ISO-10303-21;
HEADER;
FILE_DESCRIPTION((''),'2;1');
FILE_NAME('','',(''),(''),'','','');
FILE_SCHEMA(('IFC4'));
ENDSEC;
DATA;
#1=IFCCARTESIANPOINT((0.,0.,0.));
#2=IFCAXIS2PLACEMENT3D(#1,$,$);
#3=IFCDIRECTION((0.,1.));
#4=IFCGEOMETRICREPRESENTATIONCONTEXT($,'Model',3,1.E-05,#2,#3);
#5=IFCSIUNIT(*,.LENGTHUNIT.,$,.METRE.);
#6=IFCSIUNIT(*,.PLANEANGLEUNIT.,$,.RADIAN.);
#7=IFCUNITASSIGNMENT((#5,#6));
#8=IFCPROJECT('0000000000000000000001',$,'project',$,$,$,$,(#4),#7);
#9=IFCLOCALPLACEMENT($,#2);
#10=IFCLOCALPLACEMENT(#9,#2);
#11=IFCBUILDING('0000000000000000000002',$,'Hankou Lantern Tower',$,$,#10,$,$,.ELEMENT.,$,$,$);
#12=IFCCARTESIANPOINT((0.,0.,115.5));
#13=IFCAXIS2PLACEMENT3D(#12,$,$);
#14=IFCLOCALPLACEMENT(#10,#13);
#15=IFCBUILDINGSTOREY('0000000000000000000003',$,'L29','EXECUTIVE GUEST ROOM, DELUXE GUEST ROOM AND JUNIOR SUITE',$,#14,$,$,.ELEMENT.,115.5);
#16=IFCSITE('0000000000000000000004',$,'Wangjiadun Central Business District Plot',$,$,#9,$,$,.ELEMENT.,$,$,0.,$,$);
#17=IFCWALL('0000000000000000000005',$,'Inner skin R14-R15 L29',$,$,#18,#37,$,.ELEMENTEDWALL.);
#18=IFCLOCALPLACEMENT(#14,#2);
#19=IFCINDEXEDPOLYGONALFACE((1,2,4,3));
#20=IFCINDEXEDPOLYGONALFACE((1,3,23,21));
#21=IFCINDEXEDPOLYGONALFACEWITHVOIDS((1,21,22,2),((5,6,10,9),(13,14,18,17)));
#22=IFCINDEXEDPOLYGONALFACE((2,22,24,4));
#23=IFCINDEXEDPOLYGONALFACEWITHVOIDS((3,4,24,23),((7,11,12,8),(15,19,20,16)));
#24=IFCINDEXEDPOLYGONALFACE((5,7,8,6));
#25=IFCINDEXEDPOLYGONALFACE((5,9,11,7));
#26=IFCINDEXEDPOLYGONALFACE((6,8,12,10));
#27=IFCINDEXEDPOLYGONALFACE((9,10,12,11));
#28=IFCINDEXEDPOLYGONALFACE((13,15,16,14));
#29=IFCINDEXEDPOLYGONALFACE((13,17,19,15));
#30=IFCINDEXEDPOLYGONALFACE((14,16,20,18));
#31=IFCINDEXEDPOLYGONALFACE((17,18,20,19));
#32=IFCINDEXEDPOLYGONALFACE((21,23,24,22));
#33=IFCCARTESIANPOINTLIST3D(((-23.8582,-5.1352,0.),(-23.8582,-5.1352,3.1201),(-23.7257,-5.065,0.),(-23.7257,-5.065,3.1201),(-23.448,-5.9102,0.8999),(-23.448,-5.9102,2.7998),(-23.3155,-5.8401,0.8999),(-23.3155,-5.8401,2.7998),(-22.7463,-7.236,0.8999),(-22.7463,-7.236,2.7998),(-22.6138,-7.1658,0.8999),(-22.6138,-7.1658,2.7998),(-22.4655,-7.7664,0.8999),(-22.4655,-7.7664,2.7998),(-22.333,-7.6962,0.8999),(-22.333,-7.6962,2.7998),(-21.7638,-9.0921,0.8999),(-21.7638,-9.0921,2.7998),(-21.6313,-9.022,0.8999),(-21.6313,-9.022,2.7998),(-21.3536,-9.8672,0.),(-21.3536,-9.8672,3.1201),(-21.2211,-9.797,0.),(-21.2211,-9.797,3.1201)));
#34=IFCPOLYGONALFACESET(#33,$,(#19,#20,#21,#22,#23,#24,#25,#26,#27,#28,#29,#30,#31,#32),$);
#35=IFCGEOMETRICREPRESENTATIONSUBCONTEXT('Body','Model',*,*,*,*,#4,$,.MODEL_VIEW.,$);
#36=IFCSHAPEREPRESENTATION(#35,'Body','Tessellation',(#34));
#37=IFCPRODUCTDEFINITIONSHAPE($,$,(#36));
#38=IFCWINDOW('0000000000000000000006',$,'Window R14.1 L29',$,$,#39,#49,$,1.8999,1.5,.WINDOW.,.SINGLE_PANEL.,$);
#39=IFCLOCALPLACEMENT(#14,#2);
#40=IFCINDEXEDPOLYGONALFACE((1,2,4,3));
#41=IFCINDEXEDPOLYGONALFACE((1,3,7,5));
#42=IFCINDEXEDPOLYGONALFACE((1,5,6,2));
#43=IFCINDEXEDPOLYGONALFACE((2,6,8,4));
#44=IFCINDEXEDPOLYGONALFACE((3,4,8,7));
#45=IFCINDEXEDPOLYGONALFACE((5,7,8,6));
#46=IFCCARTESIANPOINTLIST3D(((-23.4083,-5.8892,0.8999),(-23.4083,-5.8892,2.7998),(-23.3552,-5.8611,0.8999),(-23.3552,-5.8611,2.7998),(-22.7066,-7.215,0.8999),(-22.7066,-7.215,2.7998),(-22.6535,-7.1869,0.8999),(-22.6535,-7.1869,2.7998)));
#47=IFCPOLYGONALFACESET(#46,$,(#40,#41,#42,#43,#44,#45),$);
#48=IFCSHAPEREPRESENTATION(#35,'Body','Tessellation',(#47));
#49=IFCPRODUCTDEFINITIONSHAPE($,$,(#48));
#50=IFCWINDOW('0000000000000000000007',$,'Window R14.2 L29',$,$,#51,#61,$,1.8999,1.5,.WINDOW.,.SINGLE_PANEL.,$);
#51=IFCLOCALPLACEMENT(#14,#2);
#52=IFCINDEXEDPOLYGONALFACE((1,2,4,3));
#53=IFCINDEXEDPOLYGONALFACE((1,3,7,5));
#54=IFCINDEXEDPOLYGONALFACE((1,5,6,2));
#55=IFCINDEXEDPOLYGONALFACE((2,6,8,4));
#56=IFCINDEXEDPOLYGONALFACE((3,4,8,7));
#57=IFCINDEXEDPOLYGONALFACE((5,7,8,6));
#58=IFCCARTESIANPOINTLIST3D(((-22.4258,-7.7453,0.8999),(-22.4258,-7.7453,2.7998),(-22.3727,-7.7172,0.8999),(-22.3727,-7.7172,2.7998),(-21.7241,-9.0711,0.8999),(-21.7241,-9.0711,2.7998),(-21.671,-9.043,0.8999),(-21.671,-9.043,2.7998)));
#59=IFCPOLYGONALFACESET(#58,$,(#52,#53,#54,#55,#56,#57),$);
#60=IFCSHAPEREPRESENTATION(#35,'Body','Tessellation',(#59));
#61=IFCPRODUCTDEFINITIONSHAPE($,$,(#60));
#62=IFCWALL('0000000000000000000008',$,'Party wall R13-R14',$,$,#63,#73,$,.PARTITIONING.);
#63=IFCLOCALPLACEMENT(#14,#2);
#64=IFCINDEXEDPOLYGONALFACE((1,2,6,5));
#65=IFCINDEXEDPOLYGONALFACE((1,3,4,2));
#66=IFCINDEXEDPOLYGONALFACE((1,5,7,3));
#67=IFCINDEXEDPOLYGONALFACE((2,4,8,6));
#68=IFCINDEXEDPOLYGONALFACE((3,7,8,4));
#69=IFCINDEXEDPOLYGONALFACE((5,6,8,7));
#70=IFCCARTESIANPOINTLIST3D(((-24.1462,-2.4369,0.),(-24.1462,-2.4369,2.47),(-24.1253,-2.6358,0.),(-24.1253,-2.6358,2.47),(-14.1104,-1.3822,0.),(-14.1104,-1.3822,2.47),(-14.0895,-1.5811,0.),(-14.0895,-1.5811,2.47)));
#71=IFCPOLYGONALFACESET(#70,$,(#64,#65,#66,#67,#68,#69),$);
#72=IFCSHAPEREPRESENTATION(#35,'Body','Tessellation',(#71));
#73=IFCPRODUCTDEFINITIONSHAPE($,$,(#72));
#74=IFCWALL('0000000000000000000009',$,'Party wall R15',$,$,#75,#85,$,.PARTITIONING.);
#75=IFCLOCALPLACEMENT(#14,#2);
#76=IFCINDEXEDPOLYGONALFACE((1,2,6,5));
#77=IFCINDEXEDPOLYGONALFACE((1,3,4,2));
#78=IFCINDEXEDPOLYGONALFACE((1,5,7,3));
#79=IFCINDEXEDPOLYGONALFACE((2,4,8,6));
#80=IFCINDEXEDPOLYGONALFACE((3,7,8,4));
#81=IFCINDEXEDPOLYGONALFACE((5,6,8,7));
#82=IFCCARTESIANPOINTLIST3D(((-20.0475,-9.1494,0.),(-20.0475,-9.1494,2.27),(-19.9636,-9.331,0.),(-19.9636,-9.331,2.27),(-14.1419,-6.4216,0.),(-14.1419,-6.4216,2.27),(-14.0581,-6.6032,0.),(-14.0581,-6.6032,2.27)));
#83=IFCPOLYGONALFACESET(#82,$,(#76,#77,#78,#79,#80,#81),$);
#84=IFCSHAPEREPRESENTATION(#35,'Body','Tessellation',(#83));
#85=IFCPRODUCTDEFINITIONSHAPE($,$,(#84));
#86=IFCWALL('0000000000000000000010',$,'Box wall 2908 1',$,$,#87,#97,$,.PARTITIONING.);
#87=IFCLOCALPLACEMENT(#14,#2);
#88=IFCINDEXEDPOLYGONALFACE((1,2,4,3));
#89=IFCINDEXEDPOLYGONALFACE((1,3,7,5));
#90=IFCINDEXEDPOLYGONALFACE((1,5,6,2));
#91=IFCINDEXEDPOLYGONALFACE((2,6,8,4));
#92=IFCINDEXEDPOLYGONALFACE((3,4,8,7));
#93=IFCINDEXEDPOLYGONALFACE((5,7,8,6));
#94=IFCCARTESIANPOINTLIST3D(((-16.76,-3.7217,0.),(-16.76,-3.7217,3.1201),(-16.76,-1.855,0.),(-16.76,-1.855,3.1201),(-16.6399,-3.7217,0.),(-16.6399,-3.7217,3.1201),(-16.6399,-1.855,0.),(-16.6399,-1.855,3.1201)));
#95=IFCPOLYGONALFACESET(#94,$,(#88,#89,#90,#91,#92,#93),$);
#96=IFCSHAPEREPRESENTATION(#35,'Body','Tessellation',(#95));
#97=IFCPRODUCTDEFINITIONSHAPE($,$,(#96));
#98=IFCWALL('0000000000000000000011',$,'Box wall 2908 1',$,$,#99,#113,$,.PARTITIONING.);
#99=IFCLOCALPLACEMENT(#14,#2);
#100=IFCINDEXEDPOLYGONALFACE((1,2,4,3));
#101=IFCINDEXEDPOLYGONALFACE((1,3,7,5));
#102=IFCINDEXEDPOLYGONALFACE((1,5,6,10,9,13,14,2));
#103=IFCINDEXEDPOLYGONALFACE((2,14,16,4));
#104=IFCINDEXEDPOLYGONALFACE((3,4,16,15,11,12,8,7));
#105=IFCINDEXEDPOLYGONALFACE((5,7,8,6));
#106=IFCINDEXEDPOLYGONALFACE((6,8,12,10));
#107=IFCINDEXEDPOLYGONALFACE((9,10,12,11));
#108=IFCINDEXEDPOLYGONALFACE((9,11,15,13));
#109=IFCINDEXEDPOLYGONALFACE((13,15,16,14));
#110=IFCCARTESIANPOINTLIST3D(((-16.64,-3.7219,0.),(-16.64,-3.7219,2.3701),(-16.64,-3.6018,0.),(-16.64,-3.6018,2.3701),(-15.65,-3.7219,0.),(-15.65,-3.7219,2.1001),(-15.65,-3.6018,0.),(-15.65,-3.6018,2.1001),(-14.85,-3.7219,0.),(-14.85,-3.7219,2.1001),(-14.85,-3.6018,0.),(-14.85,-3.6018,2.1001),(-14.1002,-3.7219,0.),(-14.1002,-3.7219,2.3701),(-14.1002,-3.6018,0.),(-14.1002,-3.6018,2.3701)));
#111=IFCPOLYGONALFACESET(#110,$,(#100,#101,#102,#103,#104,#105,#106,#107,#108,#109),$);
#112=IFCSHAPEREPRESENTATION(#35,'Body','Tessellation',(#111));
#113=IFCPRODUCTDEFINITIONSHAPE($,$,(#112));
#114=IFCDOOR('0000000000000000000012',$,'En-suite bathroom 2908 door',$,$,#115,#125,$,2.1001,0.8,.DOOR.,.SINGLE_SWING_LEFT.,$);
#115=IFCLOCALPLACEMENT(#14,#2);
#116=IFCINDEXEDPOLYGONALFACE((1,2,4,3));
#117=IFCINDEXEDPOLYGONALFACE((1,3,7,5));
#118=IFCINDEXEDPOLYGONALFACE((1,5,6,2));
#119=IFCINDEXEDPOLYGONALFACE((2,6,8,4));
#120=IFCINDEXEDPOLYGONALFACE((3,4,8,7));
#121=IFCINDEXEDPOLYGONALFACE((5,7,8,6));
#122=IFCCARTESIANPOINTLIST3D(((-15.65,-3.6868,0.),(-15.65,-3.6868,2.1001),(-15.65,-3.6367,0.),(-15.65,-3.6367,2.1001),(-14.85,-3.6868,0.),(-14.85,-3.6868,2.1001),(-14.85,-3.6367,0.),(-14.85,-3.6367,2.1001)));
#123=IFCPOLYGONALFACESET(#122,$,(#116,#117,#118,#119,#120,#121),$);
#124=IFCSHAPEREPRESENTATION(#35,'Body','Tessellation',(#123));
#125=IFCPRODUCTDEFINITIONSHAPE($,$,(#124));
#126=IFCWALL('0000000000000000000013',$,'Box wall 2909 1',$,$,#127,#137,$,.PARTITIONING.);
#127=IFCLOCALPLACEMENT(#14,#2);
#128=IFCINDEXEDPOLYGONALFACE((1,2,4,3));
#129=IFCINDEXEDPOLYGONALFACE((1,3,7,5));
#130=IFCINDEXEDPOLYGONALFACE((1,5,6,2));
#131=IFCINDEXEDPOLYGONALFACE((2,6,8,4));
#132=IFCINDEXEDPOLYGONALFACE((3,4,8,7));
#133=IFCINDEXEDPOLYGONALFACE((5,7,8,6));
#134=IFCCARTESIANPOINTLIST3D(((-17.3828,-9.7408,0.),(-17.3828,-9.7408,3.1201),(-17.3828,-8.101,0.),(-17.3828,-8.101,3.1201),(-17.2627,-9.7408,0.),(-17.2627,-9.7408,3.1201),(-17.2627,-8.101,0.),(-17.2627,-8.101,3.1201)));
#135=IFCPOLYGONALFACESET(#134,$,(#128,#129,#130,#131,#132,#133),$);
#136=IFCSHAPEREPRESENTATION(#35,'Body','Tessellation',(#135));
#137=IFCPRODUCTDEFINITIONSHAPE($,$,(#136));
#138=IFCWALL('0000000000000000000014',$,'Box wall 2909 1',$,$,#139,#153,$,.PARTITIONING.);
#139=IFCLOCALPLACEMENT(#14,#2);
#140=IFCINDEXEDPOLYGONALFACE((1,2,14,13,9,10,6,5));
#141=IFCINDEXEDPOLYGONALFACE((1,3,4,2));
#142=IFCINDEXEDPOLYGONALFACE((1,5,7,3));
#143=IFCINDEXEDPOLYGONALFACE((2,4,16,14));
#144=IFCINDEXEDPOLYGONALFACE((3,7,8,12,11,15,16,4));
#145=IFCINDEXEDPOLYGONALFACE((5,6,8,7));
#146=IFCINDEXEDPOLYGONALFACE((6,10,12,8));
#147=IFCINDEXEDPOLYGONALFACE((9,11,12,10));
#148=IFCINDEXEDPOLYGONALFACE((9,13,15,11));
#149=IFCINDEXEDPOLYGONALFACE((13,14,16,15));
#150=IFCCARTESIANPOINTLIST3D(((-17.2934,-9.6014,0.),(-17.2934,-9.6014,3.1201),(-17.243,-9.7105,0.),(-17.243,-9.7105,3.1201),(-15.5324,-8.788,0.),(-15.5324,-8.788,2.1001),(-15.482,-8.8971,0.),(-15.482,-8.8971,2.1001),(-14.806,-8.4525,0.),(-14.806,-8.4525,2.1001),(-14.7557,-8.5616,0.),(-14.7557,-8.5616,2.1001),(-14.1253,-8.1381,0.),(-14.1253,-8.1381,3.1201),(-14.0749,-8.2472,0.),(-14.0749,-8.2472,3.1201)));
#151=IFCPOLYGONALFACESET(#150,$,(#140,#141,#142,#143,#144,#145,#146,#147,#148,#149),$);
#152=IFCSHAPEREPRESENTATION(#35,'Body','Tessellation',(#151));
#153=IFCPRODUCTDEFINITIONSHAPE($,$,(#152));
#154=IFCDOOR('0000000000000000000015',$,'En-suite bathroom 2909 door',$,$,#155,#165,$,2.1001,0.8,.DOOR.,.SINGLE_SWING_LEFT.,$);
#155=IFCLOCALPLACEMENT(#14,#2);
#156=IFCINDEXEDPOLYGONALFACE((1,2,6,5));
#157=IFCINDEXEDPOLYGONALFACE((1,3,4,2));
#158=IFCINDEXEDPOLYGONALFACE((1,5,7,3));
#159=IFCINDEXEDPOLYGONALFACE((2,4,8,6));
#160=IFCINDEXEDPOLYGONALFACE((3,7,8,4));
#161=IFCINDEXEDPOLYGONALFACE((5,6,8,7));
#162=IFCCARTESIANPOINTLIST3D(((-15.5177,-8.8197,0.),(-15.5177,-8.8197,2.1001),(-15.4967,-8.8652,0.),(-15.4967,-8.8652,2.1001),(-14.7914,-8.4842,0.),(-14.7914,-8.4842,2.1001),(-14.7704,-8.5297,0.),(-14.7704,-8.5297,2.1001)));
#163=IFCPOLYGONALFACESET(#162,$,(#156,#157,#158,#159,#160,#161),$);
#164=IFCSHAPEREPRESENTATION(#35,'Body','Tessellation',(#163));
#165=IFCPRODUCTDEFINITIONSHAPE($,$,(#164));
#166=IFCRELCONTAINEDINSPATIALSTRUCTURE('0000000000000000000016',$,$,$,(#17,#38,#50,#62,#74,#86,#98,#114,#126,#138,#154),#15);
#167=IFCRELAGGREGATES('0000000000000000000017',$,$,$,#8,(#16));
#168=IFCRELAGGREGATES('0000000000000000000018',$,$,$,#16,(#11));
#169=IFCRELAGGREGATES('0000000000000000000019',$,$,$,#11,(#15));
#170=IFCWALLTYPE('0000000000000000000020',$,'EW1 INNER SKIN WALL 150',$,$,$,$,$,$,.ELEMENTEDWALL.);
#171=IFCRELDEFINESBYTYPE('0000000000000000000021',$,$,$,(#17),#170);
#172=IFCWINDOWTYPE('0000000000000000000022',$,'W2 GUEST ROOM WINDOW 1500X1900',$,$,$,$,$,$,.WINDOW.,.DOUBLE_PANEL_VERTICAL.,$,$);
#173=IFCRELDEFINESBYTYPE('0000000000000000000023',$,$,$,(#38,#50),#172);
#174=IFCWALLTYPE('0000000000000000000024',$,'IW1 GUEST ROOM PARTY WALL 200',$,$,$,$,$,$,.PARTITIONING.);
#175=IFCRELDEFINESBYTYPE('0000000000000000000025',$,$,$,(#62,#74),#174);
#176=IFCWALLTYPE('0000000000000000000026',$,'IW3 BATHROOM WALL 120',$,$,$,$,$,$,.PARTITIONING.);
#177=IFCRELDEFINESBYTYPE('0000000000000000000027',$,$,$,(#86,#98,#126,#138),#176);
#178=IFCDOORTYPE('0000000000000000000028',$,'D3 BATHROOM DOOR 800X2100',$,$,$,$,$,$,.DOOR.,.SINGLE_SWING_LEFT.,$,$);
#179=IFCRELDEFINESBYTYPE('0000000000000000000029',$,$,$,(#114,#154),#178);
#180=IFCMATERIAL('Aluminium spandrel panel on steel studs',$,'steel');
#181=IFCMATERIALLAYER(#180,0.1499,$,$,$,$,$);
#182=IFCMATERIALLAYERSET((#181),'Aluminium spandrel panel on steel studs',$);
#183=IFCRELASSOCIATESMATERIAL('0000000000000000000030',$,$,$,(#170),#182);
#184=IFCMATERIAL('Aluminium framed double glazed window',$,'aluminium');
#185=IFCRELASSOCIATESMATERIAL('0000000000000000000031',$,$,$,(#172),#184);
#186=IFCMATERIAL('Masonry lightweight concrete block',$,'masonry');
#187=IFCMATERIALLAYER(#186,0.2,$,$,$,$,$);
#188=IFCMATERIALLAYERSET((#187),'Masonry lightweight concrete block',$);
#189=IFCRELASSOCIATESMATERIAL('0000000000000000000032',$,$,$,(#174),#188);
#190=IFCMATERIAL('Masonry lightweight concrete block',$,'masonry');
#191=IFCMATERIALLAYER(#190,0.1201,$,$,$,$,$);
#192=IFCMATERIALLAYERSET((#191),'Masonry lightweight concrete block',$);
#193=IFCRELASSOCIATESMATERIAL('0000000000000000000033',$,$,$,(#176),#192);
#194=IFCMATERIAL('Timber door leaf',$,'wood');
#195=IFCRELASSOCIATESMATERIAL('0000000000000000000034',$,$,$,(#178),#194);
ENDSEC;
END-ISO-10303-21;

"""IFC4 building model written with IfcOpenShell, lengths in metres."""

from ifc_helpers import new_model, si_unit, direction, frame, frame_2d, origin, place, context, subcontext, project, spatial, rectangle, extrude, material, layer, layer_set, type_object, element, fill, save


model = new_model("IFC4")

# Units and contexts
model_context = context("Model", 3, precision=1e-05, world=origin(), true_north=direction((0.0, 1.0)))
body_context = subcontext(model_context, "Body", "Model", "MODEL_VIEW")
ifc_project = project(units=[si_unit("LENGTHUNIT", "METRE"), si_unit("PLANEANGLEUNIT", "RADIAN")], contexts=[model_context])

# Site, building, storey
site_placement = place(None, origin())
site = spatial("IfcSite", under=ifc_project, at=site_placement, Name="Wangjiadun Central Business District Plot", CompositionType="ELEMENT", RefElevation=0.0)
building_placement = place(site_placement, origin())
building = spatial("IfcBuilding", under=site, at=building_placement, Name="Hankou Lantern Tower", CompositionType="ELEMENT")
storey_placement = place(building_placement, frame((0.0, 0.0, 115.5)))
storey = spatial("IfcBuildingStorey", under=building, at=storey_placement, Name="L29", Description="EXECUTIVE GUEST ROOM, DELUXE GUEST ROOM AND JUNIOR SUITE", CompositionType="ELEMENT", Elevation=115.5)

# Wall, openings, windows
ifc_material_1 = material(Name="Aluminium spandrel panel on steel studs", Category="steel")
ifc_layer_1 = layer(ifc_material_1, 0.1499)
ifc_layer_set_1 = layer_set([ifc_layer_1], Name="Aluminium spandrel panel on steel studs")
wall_type_1 = type_object("IfcWallType", Name="EW1 INNER SKIN WALL 150", PredefinedType="ELEMENTEDWALL", material=ifc_layer_set_1)
ifc_material_2 = material(Name="Aluminium framed double glazed window", Category="aluminium")
window_type = type_object("IfcWindowType", Name="W2 GUEST ROOM WINDOW 1500X1900", PartitioningType="DOUBLE_PANEL_VERTICAL", PredefinedType="WINDOW", material=ifc_material_2)
wall_1_placement = place(storey_placement, frame((-23.792, -5.1001, 0.0), z_axis=(0.0, 0.0, 1.0), x_axis=(0.467814, -0.883827, 0.0)))
wall_1 = element("IfcWall", 1, at=wall_1_placement, inside=storey, type_object=wall_type_1, Name="Inner skin R14-R15 L29", PredefinedType="ELEMENTEDWALL", context=body_context, shape_type="SweptSolid", body=[
    extrude(rectangle(XDim=5.354, YDim=0.1499, at=frame_2d((2.677, 0.0))), origin(), (0.0, 0.0, 1.0), 3.1201),
])
opening_1_placement = place(wall_1_placement, frame((0.877, 0.0, 0.8999)))
opening_1 = element("IfcOpeningElement", 2, at=opening_1_placement, cuts=wall_1, PredefinedType="OPENING", context=body_context, shape_type="SweptSolid", body=[
    extrude(rectangle(XDim=1.5, YDim=1.8999, at=frame_2d((0.75, 0.95))), frame((0.0, 0.085, 0.0), z_axis=(0.0, -1.0, 0.0), x_axis=(1.0, 0.0, 0.0)), (0.0, 0.0, 1.0), 0.1699),
])
opening_2_placement = place(wall_1_placement, frame((2.9771, 0.0, 0.8999)))
opening_2 = element("IfcOpeningElement", 3, at=opening_2_placement, cuts=wall_1, PredefinedType="OPENING", context=body_context, shape_type="SweptSolid", body=[
    extrude(rectangle(XDim=1.5, YDim=1.8999, at=frame_2d((0.75, 0.95))), frame((0.0, 0.085, 0.0), z_axis=(0.0, -1.0, 0.0), x_axis=(1.0, 0.0, 0.0)), (0.0, 0.0, 1.0), 0.1699),
])
window_1_placement = place(opening_1_placement, origin())
window_1 = element("IfcWindow", 4, at=window_1_placement, inside=storey, type_object=window_type, Name="Window R14.1 L29", OverallHeight=1.8999, OverallWidth=1.5, PartitioningType="SINGLE_PANEL", PredefinedType="WINDOW", context=body_context, shape_type="SweptSolid", body=[
    extrude(rectangle(XDim=1.5, YDim=1.8999, at=frame_2d((0.75, 0.95))), frame((0.0, 0.03, 0.0), z_axis=(0.0, -1.0, 0.0), x_axis=(1.0, 0.0, 0.0)), (0.0, 0.0, 1.0), 0.0601),
])
fill(opening_1, window_1)
window_2_placement = place(opening_2_placement, origin())
window_2 = element("IfcWindow", 5, at=window_2_placement, inside=storey, type_object=window_type, Name="Window R14.2 L29", OverallHeight=1.8999, OverallWidth=1.5, PartitioningType="SINGLE_PANEL", PredefinedType="WINDOW", context=body_context, shape_type="SweptSolid", body=[
    extrude(rectangle(XDim=1.5, YDim=1.8999, at=frame_2d((0.75, 0.95))), frame((0.0, 0.03, 0.0), z_axis=(0.0, -1.0, 0.0), x_axis=(1.0, 0.0, 0.0)), (0.0, 0.0, 1.0), 0.0601),
])
fill(opening_2, window_2)

# Walls
ifc_material_3 = material(Name="Masonry lightweight concrete block", Category="masonry")
ifc_layer_2 = layer(ifc_material_3, 0.2)
ifc_layer_set_2 = layer_set([ifc_layer_2], Name="Masonry lightweight concrete block")
wall_type_2 = type_object("IfcWallType", Name="IW1 GUEST ROOM PARTY WALL 200", PredefinedType="PARTITIONING", material=ifc_layer_set_2)
wall_2_placement = place(storey_placement, frame((-14.1001, -1.4817, 0.0), z_axis=(0.0, 0.0, 1.0), x_axis=(-0.994523, -0.104516, 0.0)))
element("IfcWall", 6, at=wall_2_placement, inside=storey, type_object=wall_type_2, Name="Party wall R13-R14", PredefinedType="PARTITIONING", context=body_context, shape_type="SweptSolid", body=[
    extrude(rectangle(XDim=10.0911, YDim=0.2, at=frame_2d((5.0454, 0.0))), origin(), (0.0, 0.0, 1.0), 2.47),
])
wall_3_placement = place(storey_placement, frame((-14.1001, -6.5125, 0.0), z_axis=(0.0, 0.0, 1.0), x_axis=(-0.907833, -0.419332, 0.0)))
element("IfcWall", 7, at=wall_3_placement, inside=storey, type_object=wall_type_2, Name="Party wall R15", PredefinedType="PARTITIONING", context=body_context, shape_type="SweptSolid", body=[
    extrude(rectangle(XDim=6.5051, YDim=0.2, at=frame_2d((3.2524, 0.0))), origin(), (0.0, 0.0, 1.0), 2.27),
])
ifc_material_4 = material(Name="Masonry lightweight concrete block", Category="masonry")
ifc_layer_3 = layer(ifc_material_4, 0.1201)
ifc_layer_set_3 = layer_set([ifc_layer_3], Name="Masonry lightweight concrete block")
wall_type_3 = type_object("IfcWallType", Name="IW3 BATHROOM WALL 120", PredefinedType="PARTITIONING", material=ifc_layer_set_3)
wall_4_placement = place(storey_placement, frame((-16.7, -1.855, 0.0), z_axis=(0.0, 0.0, 1.0), x_axis=(0.0, -1.0, 0.0)))
element("IfcWall", 8, at=wall_4_placement, inside=storey, type_object=wall_type_3, Name="Box wall 2908 1", PredefinedType="PARTITIONING", context=body_context, shape_type="SweptSolid", body=[
    extrude(rectangle(XDim=1.8667, YDim=0.1201, at=frame_2d((0.9333, 0.0))), origin(), (0.0, 0.0, 1.0), 3.1201),
])

# Wall, opening, door
wall_5_placement = place(storey_placement, frame((-14.1001, -3.6619, 0.0), z_axis=(0.0, 0.0, 1.0), x_axis=(-1.0, 0.0, 0.0)))
wall_5 = element("IfcWall", 9, at=wall_5_placement, inside=storey, type_object=wall_type_3, Name="Box wall 2908 1", PredefinedType="PARTITIONING", context=body_context, shape_type="SweptSolid", body=[
    extrude(rectangle(XDim=2.5398, YDim=0.1201, at=frame_2d((1.27, 0.0))), origin(), (0.0, 0.0, 1.0), 2.3701),
])
opening_3_placement = place(wall_5_placement, frame((0.75, 0.0, 0.0)))
opening_3 = element("IfcOpeningElement", 10, at=opening_3_placement, cuts=wall_5, PredefinedType="OPENING", context=body_context, shape_type="SweptSolid", body=[
    extrude(rectangle(XDim=0.8, YDim=2.1001, at=frame_2d((0.3999, 1.05))), frame((0.0, 0.0701, 0.0), z_axis=(0.0, -1.0, 0.0), x_axis=(1.0, 0.0, 0.0)), (0.0, 0.0, 1.0), 0.1401),
])
ifc_material_5 = material(Name="Timber door leaf", Category="wood")
door_type = type_object("IfcDoorType", Name="D3 BATHROOM DOOR 800X2100", OperationType="SINGLE_SWING_LEFT", PredefinedType="DOOR", material=ifc_material_5)
door_1_placement = place(opening_3_placement, origin())
door_1 = element("IfcDoor", 11, at=door_1_placement, inside=storey, type_object=door_type, Name="En-suite bathroom 2908 door", OperationType="SINGLE_SWING_LEFT", OverallHeight=2.1001, OverallWidth=0.8, PredefinedType="DOOR", context=body_context, shape_type="SweptSolid", body=[
    extrude(rectangle(XDim=0.8, YDim=2.1001, at=frame_2d((0.3999, 1.05))), frame((0.0, 0.0249, 0.0), z_axis=(0.0, -1.0, 0.0), x_axis=(1.0, 0.0, 0.0)), (0.0, 0.0, 1.0), 0.05),
])
fill(opening_3, door_1)

# Wall
wall_6_placement = place(storey_placement, frame((-17.3228, -8.1011, 0.0), z_axis=(0.0, 0.0, 1.0), x_axis=(0.0, -1.0, 0.0)))
element("IfcWall", 12, at=wall_6_placement, inside=storey, type_object=wall_type_3, Name="Box wall 2909 1", PredefinedType="PARTITIONING", context=body_context, shape_type="SweptSolid", body=[
    extrude(rectangle(XDim=1.6399, YDim=0.1201, at=frame_2d((0.8198, 0.0))), origin(), (0.0, 0.0, 1.0), 3.1201),
])

# Wall, opening, door
wall_7_placement = place(storey_placement, frame((-14.1001, -8.1926, 0.0), z_axis=(0.0, 0.0, 1.0), x_axis=(-0.907836, -0.419324, 0.0)))
wall_7 = element("IfcWall", 13, at=wall_7_placement, inside=storey, type_object=wall_type_3, Name="Box wall 2909 1", PredefinedType="PARTITIONING", context=body_context, shape_type="SweptSolid", body=[
    extrude(rectangle(XDim=3.4897, YDim=0.1201, at=frame_2d((1.7449, 0.0))), origin(), (0.0, 0.0, 1.0), 3.1201),
])
opening_4_placement = place(wall_7_placement, frame((0.75, 0.0, 0.0)))
opening_4 = element("IfcOpeningElement", 14, at=opening_4_placement, cuts=wall_7, PredefinedType="OPENING", context=body_context, shape_type="SweptSolid", body=[
    extrude(rectangle(XDim=0.8, YDim=2.1001, at=frame_2d((0.3999, 1.05))), frame((0.0, 0.0701, 0.0), z_axis=(0.0, -1.0, 0.0), x_axis=(1.0, 0.0, 0.0)), (0.0, 0.0, 1.0), 0.1401),
])
door_2_placement = place(opening_4_placement, origin())
door_2 = element("IfcDoor", 15, at=door_2_placement, inside=storey, type_object=door_type, Name="En-suite bathroom 2909 door", OperationType="SINGLE_SWING_LEFT", OverallHeight=2.1001, OverallWidth=0.8, PredefinedType="DOOR", context=body_context, shape_type="SweptSolid", body=[
    extrude(rectangle(XDim=0.8, YDim=2.1001, at=frame_2d((0.3999, 1.05))), frame((0.0, 0.0249, 0.0), z_axis=(0.0, -1.0, 0.0), x_axis=(1.0, 0.0, 0.0)), (0.0, 0.0, 1.0), 0.05),
])
fill(opening_4, door_2)

save(model, "model.ifc")
